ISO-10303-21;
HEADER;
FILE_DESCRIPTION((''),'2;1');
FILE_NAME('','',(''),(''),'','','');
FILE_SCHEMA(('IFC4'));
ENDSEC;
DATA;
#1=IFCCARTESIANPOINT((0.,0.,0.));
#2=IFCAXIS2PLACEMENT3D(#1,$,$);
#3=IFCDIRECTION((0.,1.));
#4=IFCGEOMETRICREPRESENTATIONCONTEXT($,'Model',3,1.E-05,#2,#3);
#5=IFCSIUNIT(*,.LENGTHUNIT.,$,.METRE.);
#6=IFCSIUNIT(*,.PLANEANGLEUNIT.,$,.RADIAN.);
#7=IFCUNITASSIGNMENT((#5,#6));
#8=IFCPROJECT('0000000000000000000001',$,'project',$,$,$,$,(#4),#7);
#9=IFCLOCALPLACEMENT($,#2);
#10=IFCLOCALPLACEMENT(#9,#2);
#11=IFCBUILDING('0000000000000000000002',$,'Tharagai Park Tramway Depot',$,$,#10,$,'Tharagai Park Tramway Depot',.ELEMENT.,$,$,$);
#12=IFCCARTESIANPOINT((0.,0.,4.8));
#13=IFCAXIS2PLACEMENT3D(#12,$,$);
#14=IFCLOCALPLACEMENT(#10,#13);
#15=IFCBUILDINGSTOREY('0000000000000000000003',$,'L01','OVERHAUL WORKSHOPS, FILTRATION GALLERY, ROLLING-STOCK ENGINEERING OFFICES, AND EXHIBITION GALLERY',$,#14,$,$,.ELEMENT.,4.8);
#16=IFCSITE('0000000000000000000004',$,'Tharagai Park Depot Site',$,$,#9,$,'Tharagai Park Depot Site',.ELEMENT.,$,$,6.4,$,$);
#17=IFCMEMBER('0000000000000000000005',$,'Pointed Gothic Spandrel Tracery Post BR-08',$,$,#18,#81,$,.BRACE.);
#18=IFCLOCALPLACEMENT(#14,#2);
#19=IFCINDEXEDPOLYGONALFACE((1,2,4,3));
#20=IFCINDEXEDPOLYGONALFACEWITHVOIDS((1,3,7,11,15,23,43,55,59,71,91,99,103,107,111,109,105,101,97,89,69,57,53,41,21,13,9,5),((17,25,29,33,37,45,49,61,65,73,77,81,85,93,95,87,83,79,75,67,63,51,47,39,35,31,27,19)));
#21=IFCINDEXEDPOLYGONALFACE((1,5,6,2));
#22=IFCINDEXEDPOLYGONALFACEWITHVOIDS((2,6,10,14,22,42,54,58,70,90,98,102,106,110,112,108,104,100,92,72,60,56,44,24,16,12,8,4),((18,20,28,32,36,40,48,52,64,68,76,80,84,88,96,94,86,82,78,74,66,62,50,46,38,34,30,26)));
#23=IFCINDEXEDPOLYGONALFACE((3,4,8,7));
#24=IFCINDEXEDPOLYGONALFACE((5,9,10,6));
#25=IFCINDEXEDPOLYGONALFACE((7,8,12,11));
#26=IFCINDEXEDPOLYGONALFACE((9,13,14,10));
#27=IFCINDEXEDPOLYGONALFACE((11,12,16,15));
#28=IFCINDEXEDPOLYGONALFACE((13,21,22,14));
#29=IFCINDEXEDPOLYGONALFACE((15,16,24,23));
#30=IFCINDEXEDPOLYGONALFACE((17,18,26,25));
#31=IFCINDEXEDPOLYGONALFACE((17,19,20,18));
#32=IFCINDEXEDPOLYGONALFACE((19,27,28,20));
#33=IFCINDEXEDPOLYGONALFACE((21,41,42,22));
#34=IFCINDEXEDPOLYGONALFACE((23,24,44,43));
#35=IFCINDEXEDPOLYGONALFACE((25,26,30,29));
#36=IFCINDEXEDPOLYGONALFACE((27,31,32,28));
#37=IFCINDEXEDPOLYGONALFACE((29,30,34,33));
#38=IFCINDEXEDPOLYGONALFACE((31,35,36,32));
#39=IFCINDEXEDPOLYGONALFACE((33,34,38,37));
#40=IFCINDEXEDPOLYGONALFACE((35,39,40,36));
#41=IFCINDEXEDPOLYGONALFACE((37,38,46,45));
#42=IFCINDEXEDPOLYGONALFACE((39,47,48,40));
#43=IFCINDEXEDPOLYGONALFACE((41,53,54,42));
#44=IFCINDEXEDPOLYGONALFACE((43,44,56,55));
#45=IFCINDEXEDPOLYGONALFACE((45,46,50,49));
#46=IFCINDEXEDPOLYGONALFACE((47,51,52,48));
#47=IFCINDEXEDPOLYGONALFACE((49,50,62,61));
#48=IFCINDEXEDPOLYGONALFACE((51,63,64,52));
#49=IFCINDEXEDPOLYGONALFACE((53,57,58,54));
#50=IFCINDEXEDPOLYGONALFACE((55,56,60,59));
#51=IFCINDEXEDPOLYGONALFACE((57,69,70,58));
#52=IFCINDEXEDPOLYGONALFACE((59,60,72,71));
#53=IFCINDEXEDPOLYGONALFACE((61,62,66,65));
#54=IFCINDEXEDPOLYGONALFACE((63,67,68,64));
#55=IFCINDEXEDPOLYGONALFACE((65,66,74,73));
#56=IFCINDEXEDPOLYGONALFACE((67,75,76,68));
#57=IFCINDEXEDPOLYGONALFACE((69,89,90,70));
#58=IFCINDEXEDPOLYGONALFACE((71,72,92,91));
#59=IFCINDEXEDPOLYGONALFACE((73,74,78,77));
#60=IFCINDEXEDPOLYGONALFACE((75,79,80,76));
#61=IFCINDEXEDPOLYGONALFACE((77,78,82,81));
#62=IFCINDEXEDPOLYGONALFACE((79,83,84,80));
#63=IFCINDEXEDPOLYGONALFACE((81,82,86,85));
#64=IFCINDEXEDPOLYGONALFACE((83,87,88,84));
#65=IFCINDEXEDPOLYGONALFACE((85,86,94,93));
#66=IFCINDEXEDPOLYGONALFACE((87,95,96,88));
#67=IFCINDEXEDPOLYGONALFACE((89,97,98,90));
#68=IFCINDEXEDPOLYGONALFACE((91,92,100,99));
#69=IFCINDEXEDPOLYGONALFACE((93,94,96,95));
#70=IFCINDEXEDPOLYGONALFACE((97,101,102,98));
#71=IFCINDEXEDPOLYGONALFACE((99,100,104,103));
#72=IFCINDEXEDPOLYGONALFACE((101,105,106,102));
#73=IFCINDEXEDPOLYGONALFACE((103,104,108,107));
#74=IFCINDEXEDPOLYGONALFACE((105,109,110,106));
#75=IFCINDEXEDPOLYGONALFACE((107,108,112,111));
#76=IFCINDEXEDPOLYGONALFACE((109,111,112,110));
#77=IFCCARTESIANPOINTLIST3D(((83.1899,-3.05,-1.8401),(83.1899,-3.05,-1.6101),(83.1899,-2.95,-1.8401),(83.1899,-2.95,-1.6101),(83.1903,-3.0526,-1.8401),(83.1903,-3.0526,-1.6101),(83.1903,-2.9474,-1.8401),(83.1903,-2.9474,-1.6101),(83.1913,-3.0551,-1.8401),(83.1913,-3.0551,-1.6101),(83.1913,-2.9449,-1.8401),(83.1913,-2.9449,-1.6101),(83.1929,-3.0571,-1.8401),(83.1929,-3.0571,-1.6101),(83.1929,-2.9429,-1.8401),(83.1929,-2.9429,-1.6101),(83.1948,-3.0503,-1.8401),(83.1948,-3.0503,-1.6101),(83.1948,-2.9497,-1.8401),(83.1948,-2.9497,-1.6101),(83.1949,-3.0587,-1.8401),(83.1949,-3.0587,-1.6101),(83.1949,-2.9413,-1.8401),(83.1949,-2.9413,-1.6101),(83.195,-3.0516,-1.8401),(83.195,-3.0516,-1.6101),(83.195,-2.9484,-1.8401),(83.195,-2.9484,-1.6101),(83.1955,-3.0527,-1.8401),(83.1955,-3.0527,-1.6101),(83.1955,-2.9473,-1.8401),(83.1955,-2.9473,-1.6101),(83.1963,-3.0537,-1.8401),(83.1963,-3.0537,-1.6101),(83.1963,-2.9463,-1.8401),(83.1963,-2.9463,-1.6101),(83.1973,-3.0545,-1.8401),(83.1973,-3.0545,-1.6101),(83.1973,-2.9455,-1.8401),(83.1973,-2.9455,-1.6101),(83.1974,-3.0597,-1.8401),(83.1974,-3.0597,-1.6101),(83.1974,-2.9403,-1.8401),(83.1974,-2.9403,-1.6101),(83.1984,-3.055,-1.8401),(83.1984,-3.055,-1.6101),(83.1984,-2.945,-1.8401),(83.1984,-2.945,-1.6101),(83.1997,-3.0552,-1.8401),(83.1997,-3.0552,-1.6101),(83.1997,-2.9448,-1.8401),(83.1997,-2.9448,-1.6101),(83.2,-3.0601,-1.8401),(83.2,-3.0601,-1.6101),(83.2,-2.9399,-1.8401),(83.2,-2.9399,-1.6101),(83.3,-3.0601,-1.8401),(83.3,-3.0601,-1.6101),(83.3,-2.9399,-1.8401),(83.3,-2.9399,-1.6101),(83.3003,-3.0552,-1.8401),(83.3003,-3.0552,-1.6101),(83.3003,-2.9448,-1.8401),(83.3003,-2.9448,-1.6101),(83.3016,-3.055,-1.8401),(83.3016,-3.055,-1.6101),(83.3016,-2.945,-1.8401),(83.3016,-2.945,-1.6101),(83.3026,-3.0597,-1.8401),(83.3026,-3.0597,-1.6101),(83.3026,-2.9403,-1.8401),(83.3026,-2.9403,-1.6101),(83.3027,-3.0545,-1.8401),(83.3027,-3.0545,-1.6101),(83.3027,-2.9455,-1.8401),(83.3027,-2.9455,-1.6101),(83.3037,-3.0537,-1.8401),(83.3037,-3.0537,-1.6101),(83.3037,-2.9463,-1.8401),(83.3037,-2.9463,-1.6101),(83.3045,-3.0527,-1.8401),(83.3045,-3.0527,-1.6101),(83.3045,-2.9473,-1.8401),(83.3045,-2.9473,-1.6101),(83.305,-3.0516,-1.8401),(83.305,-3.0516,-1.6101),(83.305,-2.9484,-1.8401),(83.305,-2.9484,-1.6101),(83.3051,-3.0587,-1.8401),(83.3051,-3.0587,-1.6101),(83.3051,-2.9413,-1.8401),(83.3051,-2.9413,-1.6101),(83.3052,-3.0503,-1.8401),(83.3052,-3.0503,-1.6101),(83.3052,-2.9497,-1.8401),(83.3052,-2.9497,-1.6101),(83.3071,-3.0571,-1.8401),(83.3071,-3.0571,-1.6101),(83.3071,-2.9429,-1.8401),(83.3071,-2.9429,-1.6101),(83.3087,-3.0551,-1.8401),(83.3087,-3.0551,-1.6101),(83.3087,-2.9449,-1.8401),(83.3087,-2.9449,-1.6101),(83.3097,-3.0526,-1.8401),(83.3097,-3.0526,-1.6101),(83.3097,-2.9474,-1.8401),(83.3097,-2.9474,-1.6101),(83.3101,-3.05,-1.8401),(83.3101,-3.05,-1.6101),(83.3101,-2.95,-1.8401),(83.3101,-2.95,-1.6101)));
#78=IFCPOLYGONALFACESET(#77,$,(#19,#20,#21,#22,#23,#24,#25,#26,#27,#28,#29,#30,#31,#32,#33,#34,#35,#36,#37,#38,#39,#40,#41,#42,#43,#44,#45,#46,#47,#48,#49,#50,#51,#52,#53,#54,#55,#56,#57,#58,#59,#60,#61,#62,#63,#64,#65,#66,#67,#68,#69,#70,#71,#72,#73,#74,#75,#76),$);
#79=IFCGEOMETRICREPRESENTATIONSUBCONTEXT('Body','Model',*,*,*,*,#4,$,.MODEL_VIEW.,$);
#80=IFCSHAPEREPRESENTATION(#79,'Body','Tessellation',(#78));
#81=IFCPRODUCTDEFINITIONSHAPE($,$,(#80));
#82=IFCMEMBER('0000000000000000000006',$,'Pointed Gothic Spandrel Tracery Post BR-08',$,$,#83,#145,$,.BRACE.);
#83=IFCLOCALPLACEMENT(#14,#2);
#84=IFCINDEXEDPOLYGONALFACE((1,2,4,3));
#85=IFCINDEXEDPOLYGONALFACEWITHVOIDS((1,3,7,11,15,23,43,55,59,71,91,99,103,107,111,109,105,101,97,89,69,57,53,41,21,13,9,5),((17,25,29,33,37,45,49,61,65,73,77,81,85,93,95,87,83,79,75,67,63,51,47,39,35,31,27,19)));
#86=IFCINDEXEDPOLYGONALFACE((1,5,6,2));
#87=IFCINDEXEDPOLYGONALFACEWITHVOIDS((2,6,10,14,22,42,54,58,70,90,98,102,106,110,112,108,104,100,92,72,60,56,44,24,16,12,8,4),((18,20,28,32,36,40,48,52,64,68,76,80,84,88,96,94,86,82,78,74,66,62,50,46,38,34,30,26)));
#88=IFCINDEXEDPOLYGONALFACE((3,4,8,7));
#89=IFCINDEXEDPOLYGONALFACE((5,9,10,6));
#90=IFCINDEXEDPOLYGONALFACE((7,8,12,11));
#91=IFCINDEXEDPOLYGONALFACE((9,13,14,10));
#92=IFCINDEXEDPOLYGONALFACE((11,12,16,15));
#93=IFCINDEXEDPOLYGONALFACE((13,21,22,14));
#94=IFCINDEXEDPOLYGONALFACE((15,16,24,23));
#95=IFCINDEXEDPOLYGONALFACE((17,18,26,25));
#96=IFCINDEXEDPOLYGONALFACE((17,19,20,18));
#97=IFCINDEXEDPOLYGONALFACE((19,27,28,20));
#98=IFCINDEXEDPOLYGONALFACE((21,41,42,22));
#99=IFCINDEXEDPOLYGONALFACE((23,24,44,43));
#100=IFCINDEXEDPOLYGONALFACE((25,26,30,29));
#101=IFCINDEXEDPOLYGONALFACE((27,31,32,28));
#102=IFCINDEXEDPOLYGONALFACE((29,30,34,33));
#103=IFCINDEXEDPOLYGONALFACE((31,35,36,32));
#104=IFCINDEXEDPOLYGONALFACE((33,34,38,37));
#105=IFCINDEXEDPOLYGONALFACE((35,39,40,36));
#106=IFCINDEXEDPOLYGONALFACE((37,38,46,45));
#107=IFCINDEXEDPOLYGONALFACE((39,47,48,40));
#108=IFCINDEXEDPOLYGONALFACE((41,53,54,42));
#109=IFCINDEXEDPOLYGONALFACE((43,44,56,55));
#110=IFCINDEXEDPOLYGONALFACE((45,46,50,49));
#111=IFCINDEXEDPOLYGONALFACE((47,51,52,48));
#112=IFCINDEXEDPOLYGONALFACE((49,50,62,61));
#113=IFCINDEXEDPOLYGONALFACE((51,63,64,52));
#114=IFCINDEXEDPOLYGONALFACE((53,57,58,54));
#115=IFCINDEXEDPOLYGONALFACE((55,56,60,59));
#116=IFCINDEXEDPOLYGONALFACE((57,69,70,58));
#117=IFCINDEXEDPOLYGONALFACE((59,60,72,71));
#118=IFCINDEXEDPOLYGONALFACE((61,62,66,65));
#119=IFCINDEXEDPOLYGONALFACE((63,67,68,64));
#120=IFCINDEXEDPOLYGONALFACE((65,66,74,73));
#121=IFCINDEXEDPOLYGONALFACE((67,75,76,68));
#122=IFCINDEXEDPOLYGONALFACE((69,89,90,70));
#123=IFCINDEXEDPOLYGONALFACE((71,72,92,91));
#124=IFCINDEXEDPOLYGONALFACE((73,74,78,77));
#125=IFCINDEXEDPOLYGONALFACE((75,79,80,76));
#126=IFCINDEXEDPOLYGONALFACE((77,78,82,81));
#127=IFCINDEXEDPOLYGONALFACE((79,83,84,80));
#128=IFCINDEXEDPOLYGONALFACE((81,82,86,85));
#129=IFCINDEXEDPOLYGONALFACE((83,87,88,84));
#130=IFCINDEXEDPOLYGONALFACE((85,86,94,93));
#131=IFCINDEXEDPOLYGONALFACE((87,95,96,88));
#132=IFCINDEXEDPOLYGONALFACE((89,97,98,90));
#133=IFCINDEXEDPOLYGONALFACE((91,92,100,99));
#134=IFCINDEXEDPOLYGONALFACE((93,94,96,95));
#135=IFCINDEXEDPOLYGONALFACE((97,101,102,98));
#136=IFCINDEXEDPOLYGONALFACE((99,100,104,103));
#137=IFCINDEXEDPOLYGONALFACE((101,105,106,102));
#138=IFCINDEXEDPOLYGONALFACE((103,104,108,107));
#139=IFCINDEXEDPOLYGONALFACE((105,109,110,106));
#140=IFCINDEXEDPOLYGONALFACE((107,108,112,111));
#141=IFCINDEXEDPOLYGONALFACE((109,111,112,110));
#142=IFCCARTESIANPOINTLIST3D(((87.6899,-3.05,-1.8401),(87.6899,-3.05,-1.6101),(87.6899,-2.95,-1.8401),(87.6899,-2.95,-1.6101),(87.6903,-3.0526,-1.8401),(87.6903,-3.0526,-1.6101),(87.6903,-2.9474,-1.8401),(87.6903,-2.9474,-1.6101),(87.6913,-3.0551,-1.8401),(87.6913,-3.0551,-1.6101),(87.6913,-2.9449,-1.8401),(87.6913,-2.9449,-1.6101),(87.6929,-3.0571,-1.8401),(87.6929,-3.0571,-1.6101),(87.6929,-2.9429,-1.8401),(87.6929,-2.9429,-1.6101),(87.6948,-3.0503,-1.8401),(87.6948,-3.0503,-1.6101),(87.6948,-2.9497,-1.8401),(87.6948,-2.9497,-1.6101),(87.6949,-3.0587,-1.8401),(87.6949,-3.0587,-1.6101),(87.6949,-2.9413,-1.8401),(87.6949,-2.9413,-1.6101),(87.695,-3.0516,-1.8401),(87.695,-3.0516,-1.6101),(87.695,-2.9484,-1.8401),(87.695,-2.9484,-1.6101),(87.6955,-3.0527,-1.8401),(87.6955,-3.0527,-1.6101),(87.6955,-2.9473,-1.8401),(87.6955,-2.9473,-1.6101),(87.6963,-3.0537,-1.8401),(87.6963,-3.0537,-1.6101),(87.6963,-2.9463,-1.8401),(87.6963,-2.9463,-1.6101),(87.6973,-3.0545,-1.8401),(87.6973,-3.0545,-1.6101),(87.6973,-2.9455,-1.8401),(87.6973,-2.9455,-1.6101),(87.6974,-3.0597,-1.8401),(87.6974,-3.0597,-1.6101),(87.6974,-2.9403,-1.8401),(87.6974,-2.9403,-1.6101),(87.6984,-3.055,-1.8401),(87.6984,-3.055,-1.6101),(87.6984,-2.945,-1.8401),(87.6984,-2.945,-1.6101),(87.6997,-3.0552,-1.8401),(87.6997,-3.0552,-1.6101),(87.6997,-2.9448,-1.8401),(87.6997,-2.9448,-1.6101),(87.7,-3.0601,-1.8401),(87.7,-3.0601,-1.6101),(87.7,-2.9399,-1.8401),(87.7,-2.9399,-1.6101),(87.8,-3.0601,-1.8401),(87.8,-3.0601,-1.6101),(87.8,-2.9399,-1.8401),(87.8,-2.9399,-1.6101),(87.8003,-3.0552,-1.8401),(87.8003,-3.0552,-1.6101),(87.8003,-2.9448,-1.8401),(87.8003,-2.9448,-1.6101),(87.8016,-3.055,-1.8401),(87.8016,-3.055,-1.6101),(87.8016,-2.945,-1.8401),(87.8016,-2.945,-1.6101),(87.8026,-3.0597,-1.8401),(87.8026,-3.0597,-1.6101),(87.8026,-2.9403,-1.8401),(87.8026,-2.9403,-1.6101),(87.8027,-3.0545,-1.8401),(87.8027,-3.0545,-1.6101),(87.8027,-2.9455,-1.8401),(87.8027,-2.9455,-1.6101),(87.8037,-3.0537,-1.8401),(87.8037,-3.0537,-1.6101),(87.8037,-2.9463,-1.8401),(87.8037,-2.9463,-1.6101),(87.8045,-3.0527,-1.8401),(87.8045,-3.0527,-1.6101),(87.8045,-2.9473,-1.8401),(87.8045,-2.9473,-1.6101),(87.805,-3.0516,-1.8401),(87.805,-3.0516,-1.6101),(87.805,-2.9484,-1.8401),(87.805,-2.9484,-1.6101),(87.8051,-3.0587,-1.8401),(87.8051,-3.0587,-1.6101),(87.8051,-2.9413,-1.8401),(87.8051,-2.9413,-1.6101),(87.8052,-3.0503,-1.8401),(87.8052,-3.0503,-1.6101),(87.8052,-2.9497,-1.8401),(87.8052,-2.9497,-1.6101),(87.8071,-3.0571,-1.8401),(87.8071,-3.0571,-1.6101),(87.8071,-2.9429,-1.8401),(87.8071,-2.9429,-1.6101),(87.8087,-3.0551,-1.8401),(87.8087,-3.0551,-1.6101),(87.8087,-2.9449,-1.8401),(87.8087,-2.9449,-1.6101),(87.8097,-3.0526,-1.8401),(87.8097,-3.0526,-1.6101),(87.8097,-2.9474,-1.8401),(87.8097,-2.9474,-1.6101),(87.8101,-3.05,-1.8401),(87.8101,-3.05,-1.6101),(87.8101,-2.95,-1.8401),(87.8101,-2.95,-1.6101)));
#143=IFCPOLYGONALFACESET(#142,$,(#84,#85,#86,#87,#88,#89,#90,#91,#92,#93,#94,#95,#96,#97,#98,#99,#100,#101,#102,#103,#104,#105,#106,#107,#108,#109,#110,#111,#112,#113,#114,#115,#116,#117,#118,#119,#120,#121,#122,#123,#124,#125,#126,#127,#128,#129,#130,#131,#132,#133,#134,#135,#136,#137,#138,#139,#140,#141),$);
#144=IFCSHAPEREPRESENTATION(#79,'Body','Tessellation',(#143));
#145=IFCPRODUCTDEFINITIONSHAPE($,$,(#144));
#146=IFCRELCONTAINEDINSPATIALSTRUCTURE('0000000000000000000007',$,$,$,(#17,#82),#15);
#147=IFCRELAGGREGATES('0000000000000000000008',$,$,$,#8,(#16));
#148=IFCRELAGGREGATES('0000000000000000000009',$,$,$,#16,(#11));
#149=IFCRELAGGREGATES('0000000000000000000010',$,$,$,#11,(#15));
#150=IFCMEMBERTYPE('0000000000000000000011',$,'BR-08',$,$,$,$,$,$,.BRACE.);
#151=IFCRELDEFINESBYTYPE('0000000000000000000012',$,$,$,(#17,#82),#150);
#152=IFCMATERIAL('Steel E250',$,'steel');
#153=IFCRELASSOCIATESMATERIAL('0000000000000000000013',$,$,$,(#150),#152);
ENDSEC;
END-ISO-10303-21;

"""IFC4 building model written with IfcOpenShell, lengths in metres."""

from ifc_helpers import new_model, si_unit, direction, frame, origin, origin_2d, place, context, subcontext, project, spatial, hollow_rectangle, extrude, material, material_profile, profile_set, type_object, element, save


model = new_model("IFC4")

# Units and contexts
model_context = context("Model", 3, precision=1e-05, world=origin(), true_north=direction((0.0, 1.0)))
body_context = subcontext(model_context, "Body", "Model", "MODEL_VIEW")
ifc_project = project(units=[si_unit("LENGTHUNIT", "METRE"), si_unit("PLANEANGLEUNIT", "RADIAN")], contexts=[model_context])

# Site, building, storey
site_placement = place(None, origin())
site = spatial("IfcSite", under=ifc_project, at=site_placement, Name="Tharagai Park Depot Site", LongName="Tharagai Park Depot Site", CompositionType="ELEMENT", RefElevation=6.4)
building_placement = place(site_placement, origin())
building = spatial("IfcBuilding", under=site, at=building_placement, Name="Tharagai Park Tramway Depot", LongName="Tharagai Park Tramway Depot", CompositionType="ELEMENT")
storey_placement = place(building_placement, frame((0.0, 0.0, 4.8)))
storey = spatial("IfcBuildingStorey", under=building, at=storey_placement, Name="L01", Description="OVERHAUL WORKSHOPS, FILTRATION GALLERY, ROLLING-STOCK ENGINEERING OFFICES, AND EXHIBITION GALLERY", CompositionType="ELEMENT", Elevation=4.8)

# Members
ifc_material_1 = material(Name="Steel E250", Category="steel")
ifc_material_profile_1 = material_profile(ifc_material_1, hollow_rectangle(XDim=0.1201, YDim=0.1201, WallThickness=0.0049, InnerFilletRadius=0.0049, OuterFilletRadius=0.01, at=origin_2d()), Name="SHS 120x120x5")
ifc_profile_set_1 = profile_set([ifc_material_profile_1], Name="Steel E250")
member_type_1 = type_object("IfcMemberType", Name="BR-08", PredefinedType="BRACE", material=ifc_profile_set_1)
for number, where, z_axis, x_axis, name in (
    (1, (83.25, -3.0, -1.8401), (0.0, 0.0, 1.0), (1.0, 0.0, 0.0), "Pointed Gothic Spandrel Tracery Post BR-08"),
    (2, (87.75, -3.0, -1.8401), (0.0, 0.0, 1.0), (1.0, 0.0, 0.0), "Pointed Gothic Spandrel Tracery Post BR-08"),
):
    element("IfcMember", number, at=place(storey_placement, frame(where, z_axis=z_axis, x_axis=x_axis)), inside=storey, type_object=member_type_1, Name=name, PredefinedType="BRACE", context=body_context, shape_type="SweptSolid", body=[
        extrude(hollow_rectangle(XDim=0.1201, YDim=0.1201, WallThickness=0.0049, InnerFilletRadius=0.0049, OuterFilletRadius=0.01, at=origin_2d()), origin(), (0.0, 0.0, 1.0), 0.23),
    ])

save(model, "model.ifc")
